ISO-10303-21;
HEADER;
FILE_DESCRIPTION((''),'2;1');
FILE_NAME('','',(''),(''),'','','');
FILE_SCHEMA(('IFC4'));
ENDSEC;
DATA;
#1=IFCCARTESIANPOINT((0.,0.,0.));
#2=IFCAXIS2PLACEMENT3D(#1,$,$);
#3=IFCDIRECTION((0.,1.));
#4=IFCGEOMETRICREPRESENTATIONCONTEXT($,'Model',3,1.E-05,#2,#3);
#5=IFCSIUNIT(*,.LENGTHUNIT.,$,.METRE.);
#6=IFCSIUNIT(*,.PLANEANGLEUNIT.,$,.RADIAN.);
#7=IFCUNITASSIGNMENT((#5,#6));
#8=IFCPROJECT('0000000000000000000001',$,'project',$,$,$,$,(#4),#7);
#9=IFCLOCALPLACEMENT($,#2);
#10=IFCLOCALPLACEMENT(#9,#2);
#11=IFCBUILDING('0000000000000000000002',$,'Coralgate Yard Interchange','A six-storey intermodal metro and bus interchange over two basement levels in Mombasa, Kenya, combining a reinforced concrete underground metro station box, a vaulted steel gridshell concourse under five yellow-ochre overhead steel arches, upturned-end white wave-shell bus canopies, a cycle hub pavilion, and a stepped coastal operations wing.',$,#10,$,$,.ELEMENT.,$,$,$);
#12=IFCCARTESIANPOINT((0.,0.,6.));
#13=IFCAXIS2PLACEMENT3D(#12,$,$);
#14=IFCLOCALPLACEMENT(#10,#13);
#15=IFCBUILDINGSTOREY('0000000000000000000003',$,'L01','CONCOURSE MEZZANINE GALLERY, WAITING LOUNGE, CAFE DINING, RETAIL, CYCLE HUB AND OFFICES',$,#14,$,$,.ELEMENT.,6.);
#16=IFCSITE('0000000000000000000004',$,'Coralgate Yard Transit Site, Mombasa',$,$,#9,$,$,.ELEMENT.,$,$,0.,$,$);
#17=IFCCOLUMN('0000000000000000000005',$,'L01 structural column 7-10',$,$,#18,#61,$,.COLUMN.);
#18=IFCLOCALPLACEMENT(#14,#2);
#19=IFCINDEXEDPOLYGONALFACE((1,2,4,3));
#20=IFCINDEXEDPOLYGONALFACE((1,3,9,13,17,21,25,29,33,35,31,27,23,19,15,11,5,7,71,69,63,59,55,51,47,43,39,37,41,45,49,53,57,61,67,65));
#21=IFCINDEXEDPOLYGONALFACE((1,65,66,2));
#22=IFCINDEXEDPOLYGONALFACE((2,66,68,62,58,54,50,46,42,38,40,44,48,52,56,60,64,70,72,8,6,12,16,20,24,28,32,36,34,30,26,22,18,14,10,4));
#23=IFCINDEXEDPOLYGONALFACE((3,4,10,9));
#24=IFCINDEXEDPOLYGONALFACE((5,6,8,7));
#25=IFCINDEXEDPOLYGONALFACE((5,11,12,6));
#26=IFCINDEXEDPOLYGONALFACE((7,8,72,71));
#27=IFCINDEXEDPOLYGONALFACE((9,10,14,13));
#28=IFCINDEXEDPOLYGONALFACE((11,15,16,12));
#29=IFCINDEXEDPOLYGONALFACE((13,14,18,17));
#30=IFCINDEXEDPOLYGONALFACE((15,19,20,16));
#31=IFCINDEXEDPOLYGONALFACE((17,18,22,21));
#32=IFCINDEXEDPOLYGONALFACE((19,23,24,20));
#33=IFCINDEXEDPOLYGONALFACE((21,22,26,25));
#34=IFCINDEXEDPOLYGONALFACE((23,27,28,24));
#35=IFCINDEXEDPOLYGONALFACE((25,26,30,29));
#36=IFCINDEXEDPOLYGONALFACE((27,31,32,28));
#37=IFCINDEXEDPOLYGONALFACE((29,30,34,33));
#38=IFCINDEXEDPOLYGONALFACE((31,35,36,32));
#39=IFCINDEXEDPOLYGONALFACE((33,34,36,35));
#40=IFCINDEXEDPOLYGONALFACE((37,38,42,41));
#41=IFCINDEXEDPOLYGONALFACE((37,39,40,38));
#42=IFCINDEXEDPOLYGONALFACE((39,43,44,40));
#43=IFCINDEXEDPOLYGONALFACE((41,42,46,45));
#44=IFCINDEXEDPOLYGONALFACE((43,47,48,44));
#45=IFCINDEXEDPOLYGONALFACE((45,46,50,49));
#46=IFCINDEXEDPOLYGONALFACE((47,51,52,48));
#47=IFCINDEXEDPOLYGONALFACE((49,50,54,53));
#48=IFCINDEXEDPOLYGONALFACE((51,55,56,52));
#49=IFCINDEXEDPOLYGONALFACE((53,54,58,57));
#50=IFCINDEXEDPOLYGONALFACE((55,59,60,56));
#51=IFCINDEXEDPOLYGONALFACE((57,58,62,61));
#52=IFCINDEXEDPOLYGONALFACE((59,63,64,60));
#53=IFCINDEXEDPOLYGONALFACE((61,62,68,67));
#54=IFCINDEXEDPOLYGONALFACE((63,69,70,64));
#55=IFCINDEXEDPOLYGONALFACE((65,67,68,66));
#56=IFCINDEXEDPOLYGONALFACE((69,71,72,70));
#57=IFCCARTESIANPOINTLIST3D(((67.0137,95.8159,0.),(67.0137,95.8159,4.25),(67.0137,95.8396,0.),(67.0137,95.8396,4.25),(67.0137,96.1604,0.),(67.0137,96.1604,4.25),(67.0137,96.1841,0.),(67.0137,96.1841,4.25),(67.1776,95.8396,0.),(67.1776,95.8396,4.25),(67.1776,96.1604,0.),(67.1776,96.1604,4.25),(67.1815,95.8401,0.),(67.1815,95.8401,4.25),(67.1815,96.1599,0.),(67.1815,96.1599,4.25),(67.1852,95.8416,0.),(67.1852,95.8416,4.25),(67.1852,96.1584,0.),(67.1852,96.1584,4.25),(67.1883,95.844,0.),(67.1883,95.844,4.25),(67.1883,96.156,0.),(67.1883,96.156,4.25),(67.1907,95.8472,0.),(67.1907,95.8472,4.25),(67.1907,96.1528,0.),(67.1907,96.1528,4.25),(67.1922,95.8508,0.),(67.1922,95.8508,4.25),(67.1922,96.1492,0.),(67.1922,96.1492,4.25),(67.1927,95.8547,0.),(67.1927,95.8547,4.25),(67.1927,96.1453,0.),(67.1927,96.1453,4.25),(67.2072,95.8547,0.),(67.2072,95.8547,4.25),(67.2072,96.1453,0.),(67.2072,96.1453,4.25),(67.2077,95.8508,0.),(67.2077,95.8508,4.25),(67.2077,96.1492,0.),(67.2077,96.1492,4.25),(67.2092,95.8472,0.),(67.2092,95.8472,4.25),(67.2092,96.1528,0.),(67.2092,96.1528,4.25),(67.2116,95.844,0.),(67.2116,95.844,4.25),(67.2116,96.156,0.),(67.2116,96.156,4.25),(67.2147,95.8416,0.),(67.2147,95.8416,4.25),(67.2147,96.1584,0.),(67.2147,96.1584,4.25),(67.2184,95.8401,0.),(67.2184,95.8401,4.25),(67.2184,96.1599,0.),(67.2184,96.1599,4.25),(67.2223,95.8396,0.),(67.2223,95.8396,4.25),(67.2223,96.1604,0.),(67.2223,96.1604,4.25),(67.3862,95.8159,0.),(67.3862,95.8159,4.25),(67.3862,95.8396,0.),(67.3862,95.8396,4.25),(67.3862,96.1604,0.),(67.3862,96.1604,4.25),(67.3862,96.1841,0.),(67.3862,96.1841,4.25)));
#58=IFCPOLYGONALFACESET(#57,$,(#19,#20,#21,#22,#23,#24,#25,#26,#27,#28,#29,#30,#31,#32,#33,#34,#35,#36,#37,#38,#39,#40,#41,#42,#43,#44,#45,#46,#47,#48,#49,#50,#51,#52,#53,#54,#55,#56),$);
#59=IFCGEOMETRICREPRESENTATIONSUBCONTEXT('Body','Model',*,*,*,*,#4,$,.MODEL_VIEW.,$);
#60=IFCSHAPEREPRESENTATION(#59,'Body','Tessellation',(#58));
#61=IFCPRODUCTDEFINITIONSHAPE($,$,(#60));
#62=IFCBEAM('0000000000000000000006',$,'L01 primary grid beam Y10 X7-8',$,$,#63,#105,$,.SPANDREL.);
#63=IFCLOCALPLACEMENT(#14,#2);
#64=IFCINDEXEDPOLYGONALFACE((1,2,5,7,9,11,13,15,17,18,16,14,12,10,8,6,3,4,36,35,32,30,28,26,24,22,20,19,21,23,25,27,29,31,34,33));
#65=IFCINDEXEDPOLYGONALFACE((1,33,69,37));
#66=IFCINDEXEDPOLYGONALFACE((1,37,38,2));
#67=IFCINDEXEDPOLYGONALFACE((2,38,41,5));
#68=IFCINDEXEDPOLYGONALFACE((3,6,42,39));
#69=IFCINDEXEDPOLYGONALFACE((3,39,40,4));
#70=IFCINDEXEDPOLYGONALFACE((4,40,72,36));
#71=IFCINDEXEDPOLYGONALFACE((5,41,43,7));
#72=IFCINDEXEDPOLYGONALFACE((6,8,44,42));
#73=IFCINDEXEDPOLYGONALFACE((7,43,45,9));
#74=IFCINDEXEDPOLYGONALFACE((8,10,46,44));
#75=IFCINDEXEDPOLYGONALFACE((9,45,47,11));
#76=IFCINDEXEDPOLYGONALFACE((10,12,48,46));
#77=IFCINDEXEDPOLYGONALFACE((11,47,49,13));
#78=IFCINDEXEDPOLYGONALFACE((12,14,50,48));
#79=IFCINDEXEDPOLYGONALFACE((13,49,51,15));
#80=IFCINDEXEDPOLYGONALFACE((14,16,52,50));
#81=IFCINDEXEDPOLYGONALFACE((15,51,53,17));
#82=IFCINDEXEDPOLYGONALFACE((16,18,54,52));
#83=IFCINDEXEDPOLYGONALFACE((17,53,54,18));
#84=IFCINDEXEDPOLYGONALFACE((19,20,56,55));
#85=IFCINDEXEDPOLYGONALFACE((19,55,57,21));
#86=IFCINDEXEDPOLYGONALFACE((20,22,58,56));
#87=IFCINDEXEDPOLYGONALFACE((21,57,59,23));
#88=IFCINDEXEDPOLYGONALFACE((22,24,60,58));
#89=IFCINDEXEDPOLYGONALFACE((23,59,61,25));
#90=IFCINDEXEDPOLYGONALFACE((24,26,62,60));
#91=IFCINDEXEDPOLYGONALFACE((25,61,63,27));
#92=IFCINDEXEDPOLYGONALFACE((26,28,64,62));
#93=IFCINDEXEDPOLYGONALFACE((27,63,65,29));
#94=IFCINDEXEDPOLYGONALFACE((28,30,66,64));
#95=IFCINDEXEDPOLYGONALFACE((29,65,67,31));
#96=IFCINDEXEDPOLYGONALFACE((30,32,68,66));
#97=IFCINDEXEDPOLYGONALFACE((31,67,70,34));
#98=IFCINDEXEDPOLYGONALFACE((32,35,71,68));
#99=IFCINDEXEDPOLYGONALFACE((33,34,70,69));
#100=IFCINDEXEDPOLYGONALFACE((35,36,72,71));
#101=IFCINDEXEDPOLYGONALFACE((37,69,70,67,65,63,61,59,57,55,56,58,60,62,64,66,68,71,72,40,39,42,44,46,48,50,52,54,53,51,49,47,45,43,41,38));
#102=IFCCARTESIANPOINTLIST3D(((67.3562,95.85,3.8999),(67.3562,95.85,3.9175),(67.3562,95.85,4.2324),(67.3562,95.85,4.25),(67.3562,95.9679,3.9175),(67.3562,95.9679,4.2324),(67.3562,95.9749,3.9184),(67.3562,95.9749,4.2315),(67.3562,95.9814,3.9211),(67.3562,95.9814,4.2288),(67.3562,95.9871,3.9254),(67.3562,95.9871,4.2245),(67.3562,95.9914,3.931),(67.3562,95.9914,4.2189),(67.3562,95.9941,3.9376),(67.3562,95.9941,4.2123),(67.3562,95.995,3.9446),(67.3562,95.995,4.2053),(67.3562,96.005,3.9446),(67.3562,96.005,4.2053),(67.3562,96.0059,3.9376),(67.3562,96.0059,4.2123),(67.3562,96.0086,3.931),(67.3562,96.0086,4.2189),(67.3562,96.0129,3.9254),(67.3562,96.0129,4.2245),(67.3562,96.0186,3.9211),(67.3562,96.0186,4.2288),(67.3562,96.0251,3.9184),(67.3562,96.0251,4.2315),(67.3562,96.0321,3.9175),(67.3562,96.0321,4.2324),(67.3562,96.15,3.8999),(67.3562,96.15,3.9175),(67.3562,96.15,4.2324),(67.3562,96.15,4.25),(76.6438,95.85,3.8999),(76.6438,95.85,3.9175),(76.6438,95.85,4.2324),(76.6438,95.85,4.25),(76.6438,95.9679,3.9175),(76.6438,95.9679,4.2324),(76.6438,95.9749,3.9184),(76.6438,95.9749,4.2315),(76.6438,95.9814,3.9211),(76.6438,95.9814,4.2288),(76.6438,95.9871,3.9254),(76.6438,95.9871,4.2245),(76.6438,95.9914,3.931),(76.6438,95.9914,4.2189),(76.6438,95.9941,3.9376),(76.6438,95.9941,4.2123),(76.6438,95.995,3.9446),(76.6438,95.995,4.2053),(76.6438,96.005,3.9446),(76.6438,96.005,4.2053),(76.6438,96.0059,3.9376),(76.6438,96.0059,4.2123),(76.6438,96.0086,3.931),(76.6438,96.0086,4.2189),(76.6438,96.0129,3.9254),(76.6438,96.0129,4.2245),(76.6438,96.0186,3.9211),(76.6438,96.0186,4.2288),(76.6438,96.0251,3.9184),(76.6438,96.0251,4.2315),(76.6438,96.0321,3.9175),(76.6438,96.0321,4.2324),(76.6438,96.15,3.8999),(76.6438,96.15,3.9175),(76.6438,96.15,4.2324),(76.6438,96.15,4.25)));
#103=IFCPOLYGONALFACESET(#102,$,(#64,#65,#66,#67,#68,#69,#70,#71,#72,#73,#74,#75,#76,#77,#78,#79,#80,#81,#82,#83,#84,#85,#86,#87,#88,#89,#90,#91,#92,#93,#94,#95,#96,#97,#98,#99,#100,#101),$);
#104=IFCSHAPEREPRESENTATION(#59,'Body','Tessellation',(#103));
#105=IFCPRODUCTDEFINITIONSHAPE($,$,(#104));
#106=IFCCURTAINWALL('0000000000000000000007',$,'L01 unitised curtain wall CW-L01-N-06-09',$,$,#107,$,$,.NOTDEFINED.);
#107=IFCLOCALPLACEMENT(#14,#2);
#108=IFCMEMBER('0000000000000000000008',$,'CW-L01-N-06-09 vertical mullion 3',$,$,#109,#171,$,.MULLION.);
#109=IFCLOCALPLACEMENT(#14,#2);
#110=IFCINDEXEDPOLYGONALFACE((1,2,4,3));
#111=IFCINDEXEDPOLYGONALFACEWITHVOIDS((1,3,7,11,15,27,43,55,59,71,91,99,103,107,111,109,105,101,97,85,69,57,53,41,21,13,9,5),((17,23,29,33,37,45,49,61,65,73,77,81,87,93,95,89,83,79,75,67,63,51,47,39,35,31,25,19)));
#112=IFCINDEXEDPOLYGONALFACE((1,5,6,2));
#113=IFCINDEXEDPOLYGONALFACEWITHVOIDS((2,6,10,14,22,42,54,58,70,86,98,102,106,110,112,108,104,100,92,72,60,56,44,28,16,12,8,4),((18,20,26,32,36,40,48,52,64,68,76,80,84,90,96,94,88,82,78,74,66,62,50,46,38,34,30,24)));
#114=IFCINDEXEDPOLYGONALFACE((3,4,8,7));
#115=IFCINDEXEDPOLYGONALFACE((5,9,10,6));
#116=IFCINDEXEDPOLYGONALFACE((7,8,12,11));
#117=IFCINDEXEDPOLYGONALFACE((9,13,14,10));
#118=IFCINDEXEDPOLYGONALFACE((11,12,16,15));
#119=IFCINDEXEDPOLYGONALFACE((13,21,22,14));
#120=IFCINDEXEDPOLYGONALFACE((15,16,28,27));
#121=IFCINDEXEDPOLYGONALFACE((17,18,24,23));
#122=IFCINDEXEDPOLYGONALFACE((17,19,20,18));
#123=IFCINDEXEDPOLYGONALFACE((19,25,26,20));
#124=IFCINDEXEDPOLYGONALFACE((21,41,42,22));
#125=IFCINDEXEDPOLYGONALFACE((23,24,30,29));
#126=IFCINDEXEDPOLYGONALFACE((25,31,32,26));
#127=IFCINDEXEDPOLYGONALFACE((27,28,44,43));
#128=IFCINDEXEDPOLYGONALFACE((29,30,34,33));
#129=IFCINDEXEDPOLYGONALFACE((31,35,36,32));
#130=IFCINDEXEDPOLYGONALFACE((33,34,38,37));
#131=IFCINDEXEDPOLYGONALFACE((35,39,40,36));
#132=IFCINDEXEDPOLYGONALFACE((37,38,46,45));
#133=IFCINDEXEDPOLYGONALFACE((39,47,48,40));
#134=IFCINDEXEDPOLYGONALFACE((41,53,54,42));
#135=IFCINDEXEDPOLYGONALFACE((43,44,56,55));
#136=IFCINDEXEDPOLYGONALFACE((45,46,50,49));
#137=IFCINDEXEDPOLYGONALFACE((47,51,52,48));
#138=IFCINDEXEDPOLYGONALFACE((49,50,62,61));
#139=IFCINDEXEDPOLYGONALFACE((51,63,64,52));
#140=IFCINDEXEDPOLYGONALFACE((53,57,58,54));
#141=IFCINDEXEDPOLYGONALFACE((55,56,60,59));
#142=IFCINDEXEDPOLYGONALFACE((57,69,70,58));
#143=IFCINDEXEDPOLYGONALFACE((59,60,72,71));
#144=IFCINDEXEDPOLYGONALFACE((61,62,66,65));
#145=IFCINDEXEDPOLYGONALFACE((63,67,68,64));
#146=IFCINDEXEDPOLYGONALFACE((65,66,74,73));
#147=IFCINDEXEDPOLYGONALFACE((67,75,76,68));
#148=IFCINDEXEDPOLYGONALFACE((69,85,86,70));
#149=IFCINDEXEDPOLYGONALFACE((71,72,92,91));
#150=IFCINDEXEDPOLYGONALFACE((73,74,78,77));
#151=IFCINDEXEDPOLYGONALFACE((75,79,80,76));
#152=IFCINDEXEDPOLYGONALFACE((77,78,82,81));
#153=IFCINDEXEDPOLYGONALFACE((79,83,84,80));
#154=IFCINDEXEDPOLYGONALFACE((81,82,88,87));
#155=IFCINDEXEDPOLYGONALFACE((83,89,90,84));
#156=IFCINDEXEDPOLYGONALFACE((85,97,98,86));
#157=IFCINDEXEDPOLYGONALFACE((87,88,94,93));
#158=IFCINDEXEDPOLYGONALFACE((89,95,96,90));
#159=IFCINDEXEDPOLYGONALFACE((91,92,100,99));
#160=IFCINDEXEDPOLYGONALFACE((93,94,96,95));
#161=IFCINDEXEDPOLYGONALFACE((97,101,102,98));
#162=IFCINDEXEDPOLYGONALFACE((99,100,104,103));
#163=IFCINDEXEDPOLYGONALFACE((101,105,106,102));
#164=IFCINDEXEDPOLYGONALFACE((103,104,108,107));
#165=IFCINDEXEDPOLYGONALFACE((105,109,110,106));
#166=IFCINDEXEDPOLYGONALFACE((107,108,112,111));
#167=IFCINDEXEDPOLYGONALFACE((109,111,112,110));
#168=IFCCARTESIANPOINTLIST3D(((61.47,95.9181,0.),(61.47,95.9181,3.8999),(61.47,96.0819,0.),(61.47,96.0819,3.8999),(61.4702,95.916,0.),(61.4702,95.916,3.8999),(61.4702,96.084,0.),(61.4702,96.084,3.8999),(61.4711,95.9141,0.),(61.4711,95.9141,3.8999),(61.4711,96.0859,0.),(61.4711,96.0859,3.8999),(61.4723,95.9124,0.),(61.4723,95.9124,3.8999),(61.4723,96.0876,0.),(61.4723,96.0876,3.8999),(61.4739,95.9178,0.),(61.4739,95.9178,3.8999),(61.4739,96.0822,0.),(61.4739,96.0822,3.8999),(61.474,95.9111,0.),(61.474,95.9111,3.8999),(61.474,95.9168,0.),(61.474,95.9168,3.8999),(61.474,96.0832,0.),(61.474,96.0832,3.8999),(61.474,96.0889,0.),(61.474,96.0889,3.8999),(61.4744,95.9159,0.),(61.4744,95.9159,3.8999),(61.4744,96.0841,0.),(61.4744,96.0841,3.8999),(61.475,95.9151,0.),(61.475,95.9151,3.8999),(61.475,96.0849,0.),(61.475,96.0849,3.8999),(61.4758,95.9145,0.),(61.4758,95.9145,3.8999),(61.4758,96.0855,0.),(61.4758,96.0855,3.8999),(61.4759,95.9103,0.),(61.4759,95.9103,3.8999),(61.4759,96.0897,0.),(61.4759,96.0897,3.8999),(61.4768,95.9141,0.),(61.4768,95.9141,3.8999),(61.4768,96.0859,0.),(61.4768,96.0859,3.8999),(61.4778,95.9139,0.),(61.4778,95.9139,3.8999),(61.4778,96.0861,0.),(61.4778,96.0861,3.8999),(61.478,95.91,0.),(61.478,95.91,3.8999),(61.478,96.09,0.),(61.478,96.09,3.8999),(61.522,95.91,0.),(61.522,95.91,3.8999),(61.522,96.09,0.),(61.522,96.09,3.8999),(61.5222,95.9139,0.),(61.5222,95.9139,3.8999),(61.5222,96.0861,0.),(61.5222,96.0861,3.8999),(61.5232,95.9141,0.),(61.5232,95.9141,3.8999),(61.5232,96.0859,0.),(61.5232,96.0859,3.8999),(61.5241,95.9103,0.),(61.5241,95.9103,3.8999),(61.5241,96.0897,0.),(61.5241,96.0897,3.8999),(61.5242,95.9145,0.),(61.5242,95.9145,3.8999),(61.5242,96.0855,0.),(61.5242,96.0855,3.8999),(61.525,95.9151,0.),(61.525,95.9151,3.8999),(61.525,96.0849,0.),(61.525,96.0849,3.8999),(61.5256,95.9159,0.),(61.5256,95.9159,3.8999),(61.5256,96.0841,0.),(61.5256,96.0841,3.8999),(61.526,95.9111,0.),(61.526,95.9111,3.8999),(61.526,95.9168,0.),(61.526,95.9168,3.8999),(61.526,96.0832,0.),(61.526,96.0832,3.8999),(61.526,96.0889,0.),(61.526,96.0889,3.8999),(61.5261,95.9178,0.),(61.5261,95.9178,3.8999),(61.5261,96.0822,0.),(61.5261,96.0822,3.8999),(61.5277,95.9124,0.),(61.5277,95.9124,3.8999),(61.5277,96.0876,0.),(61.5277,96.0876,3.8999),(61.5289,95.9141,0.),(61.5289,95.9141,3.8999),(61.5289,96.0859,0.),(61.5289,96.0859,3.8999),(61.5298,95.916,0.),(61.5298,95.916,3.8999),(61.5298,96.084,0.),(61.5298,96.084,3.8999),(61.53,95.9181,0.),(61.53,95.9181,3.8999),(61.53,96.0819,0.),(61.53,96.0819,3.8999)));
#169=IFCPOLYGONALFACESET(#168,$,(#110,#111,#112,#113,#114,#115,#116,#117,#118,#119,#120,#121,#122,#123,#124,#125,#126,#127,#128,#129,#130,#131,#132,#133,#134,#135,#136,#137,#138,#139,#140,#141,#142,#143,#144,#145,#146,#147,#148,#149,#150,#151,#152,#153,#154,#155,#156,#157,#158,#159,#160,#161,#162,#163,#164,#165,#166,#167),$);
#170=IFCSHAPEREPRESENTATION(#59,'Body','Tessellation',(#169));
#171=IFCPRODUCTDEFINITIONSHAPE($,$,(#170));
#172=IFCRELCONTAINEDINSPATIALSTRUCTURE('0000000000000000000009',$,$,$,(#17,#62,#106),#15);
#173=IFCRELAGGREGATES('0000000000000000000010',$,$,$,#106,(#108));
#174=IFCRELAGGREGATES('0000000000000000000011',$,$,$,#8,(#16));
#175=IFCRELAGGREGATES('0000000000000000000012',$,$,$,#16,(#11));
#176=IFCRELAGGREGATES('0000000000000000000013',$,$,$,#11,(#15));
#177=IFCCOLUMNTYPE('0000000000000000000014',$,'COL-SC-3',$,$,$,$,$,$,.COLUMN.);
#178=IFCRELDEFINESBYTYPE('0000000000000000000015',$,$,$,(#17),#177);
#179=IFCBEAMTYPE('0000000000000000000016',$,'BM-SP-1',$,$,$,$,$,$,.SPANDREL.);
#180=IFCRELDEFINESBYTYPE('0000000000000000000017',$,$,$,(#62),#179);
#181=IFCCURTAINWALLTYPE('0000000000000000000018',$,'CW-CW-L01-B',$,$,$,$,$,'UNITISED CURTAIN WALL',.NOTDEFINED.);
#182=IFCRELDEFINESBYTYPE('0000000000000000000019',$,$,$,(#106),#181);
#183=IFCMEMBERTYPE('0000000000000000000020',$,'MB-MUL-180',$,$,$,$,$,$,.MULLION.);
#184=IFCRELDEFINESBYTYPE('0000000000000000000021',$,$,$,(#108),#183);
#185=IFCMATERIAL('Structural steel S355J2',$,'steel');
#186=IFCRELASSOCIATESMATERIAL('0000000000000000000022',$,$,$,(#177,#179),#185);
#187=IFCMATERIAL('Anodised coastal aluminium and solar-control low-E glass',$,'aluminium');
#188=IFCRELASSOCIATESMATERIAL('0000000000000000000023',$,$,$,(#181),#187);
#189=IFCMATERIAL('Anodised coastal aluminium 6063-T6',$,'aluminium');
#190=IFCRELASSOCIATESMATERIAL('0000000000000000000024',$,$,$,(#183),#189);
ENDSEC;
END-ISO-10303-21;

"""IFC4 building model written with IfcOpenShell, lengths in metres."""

from ifc_helpers import new_model, si_unit, direction, frame, origin, origin_2d, place, context, subcontext, project, spatial, hollow_rectangle, i_section, extrude, material, material_profile, profile_set, type_object, element, aggregate, save


model = new_model("IFC4")

# Units and contexts
model_context = context("Model", 3, precision=1e-05, world=origin(), true_north=direction((0.0, 1.0)))
body_context = subcontext(model_context, "Body", "Model", "MODEL_VIEW")
ifc_project = project(units=[si_unit("LENGTHUNIT", "METRE"), si_unit("PLANEANGLEUNIT", "RADIAN")], contexts=[model_context])

# Site, building, storey
site_placement = place(None, origin())
site = spatial("IfcSite", under=ifc_project, at=site_placement, Name="Coralgate Yard Transit Site, Mombasa", CompositionType="ELEMENT", RefElevation=0.0)
building_placement = place(site_placement, origin())
building = spatial("IfcBuilding", under=site, at=building_placement, Name="Coralgate Yard Interchange", Description="A six-storey intermodal metro and bus interchange over two basement levels in Mombasa, Kenya, combining a reinforced concrete underground metro station box, a vaulted steel gridshell concourse under five yellow-ochre overhead steel arches, upturned-end white wave-shell bus canopies, a cycle hub pavilion, and a stepped coastal operations wing.", CompositionType="ELEMENT")
storey_placement = place(building_placement, frame((0.0, 0.0, 6.0)))
storey = spatial("IfcBuildingStorey", under=building, at=storey_placement, Name="L01", Description="CONCOURSE MEZZANINE GALLERY, WAITING LOUNGE, CAFE DINING, RETAIL, CYCLE HUB AND OFFICES", CompositionType="ELEMENT", Elevation=6.0)

# Column
ifc_material_1 = material(Name="Structural steel S355J2", Category="steel")
ifc_material_profile_1 = material_profile(ifc_material_1, i_section(OverallWidth=0.3726, OverallDepth=0.3682, WebThickness=0.0144, FlangeThickness=0.0237, FilletRadius=0.0151, at=origin_2d()), Name="UC 356x368x177")
ifc_profile_set_1 = profile_set([ifc_material_profile_1], Name="Structural steel S355J2")
column_type = type_object("IfcColumnType", Name="COL-SC-3", PredefinedType="COLUMN", material=ifc_profile_set_1)
column_placement = place(storey_placement, frame((67.2, 96.0, 0.0), z_axis=(0.0, 0.0, 1.0), x_axis=(1.0, 0.0, 0.0)))
element("IfcColumn", 1, at=column_placement, inside=storey, type_object=column_type, Name="L01 structural column 7-10", PredefinedType="COLUMN", context=body_context, shape_type="SweptSolid", body=[
    extrude(i_section(OverallWidth=0.3726, OverallDepth=0.3682, WebThickness=0.0144, FlangeThickness=0.0237, FilletRadius=0.0151, at=origin_2d()), origin(), (0.0, 0.0, 1.0), 4.25),
])

# Beam
ifc_material_profile_2 = material_profile(ifc_material_1, i_section(OverallWidth=0.3, OverallDepth=0.3501, WebThickness=0.01, FlangeThickness=0.0176, FilletRadius=0.0271, at=origin_2d()), Name="HEA 360")
ifc_profile_set_2 = profile_set([ifc_material_profile_2], Name="Structural steel S355J2")
beam_type = type_object("IfcBeamType", Name="BM-SP-1", PredefinedType="SPANDREL", material=ifc_profile_set_2)
beam_placement = place(storey_placement, frame((67.3562, 96.0, 4.075), z_axis=(1.0, 0.0, 0.0), x_axis=(0.0, 1.0, 0.0)))
element("IfcBeam", 2, at=beam_placement, inside=storey, type_object=beam_type, Name="L01 primary grid beam Y10 X7-8", PredefinedType="SPANDREL", context=body_context, shape_type="SweptSolid", body=[
    extrude(i_section(OverallWidth=0.3, OverallDepth=0.3501, WebThickness=0.01, FlangeThickness=0.0176, FilletRadius=0.0271, at=origin_2d()), origin(), (0.0, 0.0, 1.0), 9.2876),
])

# Curtain wall, member
ifc_material_2 = material(Name="Anodised coastal aluminium and solar-control low-E glass", Category="aluminium")
curtain_wall_type = type_object("IfcCurtainWallType", Name="CW-CW-L01-B", ElementType="UNITISED CURTAIN WALL", PredefinedType="NOTDEFINED", material=ifc_material_2)
curtain_wall_1_placement = place(storey_placement, origin())
curtain_wall_1 = element("IfcCurtainWall", 3, at=curtain_wall_1_placement, inside=storey, type_object=curtain_wall_type, Name="L01 unitised curtain wall CW-L01-N-06-09", PredefinedType="NOTDEFINED")
ifc_material_3 = material(Name="Anodised coastal aluminium 6063-T6", Category="aluminium")
ifc_material_profile_3 = material_profile(ifc_material_3, hollow_rectangle(XDim=0.0601, YDim=0.1799, WallThickness=0.0039, InnerFilletRadius=0.0039, OuterFilletRadius=0.0081, at=origin_2d()), Name="ALU 60x180x4")
ifc_profile_set_3 = profile_set([ifc_material_profile_3], Name="Anodised coastal aluminium 6063-T6")
member_type_1 = type_object("IfcMemberType", Name="MB-MUL-180", PredefinedType="MULLION", material=ifc_profile_set_3)
member_1_placement = place(storey_placement, frame((61.5, 96.0, 0.0), z_axis=(0.0, 0.0, 1.0), x_axis=(1.0, 0.0, 0.0)))
member_1 = element("IfcMember", 4, at=member_1_placement, type_object=member_type_1, Name="CW-L01-N-06-09 vertical mullion 3", PredefinedType="MULLION", context=body_context, shape_type="SweptSolid", body=[
    extrude(hollow_rectangle(XDim=0.0601, YDim=0.1799, WallThickness=0.0039, InnerFilletRadius=0.0039, OuterFilletRadius=0.0081, at=origin_2d()), origin(), (0.0, 0.0, 1.0), 3.8999),
])

aggregate(curtain_wall_1, [member_1])

save(model, "model.ifc")
